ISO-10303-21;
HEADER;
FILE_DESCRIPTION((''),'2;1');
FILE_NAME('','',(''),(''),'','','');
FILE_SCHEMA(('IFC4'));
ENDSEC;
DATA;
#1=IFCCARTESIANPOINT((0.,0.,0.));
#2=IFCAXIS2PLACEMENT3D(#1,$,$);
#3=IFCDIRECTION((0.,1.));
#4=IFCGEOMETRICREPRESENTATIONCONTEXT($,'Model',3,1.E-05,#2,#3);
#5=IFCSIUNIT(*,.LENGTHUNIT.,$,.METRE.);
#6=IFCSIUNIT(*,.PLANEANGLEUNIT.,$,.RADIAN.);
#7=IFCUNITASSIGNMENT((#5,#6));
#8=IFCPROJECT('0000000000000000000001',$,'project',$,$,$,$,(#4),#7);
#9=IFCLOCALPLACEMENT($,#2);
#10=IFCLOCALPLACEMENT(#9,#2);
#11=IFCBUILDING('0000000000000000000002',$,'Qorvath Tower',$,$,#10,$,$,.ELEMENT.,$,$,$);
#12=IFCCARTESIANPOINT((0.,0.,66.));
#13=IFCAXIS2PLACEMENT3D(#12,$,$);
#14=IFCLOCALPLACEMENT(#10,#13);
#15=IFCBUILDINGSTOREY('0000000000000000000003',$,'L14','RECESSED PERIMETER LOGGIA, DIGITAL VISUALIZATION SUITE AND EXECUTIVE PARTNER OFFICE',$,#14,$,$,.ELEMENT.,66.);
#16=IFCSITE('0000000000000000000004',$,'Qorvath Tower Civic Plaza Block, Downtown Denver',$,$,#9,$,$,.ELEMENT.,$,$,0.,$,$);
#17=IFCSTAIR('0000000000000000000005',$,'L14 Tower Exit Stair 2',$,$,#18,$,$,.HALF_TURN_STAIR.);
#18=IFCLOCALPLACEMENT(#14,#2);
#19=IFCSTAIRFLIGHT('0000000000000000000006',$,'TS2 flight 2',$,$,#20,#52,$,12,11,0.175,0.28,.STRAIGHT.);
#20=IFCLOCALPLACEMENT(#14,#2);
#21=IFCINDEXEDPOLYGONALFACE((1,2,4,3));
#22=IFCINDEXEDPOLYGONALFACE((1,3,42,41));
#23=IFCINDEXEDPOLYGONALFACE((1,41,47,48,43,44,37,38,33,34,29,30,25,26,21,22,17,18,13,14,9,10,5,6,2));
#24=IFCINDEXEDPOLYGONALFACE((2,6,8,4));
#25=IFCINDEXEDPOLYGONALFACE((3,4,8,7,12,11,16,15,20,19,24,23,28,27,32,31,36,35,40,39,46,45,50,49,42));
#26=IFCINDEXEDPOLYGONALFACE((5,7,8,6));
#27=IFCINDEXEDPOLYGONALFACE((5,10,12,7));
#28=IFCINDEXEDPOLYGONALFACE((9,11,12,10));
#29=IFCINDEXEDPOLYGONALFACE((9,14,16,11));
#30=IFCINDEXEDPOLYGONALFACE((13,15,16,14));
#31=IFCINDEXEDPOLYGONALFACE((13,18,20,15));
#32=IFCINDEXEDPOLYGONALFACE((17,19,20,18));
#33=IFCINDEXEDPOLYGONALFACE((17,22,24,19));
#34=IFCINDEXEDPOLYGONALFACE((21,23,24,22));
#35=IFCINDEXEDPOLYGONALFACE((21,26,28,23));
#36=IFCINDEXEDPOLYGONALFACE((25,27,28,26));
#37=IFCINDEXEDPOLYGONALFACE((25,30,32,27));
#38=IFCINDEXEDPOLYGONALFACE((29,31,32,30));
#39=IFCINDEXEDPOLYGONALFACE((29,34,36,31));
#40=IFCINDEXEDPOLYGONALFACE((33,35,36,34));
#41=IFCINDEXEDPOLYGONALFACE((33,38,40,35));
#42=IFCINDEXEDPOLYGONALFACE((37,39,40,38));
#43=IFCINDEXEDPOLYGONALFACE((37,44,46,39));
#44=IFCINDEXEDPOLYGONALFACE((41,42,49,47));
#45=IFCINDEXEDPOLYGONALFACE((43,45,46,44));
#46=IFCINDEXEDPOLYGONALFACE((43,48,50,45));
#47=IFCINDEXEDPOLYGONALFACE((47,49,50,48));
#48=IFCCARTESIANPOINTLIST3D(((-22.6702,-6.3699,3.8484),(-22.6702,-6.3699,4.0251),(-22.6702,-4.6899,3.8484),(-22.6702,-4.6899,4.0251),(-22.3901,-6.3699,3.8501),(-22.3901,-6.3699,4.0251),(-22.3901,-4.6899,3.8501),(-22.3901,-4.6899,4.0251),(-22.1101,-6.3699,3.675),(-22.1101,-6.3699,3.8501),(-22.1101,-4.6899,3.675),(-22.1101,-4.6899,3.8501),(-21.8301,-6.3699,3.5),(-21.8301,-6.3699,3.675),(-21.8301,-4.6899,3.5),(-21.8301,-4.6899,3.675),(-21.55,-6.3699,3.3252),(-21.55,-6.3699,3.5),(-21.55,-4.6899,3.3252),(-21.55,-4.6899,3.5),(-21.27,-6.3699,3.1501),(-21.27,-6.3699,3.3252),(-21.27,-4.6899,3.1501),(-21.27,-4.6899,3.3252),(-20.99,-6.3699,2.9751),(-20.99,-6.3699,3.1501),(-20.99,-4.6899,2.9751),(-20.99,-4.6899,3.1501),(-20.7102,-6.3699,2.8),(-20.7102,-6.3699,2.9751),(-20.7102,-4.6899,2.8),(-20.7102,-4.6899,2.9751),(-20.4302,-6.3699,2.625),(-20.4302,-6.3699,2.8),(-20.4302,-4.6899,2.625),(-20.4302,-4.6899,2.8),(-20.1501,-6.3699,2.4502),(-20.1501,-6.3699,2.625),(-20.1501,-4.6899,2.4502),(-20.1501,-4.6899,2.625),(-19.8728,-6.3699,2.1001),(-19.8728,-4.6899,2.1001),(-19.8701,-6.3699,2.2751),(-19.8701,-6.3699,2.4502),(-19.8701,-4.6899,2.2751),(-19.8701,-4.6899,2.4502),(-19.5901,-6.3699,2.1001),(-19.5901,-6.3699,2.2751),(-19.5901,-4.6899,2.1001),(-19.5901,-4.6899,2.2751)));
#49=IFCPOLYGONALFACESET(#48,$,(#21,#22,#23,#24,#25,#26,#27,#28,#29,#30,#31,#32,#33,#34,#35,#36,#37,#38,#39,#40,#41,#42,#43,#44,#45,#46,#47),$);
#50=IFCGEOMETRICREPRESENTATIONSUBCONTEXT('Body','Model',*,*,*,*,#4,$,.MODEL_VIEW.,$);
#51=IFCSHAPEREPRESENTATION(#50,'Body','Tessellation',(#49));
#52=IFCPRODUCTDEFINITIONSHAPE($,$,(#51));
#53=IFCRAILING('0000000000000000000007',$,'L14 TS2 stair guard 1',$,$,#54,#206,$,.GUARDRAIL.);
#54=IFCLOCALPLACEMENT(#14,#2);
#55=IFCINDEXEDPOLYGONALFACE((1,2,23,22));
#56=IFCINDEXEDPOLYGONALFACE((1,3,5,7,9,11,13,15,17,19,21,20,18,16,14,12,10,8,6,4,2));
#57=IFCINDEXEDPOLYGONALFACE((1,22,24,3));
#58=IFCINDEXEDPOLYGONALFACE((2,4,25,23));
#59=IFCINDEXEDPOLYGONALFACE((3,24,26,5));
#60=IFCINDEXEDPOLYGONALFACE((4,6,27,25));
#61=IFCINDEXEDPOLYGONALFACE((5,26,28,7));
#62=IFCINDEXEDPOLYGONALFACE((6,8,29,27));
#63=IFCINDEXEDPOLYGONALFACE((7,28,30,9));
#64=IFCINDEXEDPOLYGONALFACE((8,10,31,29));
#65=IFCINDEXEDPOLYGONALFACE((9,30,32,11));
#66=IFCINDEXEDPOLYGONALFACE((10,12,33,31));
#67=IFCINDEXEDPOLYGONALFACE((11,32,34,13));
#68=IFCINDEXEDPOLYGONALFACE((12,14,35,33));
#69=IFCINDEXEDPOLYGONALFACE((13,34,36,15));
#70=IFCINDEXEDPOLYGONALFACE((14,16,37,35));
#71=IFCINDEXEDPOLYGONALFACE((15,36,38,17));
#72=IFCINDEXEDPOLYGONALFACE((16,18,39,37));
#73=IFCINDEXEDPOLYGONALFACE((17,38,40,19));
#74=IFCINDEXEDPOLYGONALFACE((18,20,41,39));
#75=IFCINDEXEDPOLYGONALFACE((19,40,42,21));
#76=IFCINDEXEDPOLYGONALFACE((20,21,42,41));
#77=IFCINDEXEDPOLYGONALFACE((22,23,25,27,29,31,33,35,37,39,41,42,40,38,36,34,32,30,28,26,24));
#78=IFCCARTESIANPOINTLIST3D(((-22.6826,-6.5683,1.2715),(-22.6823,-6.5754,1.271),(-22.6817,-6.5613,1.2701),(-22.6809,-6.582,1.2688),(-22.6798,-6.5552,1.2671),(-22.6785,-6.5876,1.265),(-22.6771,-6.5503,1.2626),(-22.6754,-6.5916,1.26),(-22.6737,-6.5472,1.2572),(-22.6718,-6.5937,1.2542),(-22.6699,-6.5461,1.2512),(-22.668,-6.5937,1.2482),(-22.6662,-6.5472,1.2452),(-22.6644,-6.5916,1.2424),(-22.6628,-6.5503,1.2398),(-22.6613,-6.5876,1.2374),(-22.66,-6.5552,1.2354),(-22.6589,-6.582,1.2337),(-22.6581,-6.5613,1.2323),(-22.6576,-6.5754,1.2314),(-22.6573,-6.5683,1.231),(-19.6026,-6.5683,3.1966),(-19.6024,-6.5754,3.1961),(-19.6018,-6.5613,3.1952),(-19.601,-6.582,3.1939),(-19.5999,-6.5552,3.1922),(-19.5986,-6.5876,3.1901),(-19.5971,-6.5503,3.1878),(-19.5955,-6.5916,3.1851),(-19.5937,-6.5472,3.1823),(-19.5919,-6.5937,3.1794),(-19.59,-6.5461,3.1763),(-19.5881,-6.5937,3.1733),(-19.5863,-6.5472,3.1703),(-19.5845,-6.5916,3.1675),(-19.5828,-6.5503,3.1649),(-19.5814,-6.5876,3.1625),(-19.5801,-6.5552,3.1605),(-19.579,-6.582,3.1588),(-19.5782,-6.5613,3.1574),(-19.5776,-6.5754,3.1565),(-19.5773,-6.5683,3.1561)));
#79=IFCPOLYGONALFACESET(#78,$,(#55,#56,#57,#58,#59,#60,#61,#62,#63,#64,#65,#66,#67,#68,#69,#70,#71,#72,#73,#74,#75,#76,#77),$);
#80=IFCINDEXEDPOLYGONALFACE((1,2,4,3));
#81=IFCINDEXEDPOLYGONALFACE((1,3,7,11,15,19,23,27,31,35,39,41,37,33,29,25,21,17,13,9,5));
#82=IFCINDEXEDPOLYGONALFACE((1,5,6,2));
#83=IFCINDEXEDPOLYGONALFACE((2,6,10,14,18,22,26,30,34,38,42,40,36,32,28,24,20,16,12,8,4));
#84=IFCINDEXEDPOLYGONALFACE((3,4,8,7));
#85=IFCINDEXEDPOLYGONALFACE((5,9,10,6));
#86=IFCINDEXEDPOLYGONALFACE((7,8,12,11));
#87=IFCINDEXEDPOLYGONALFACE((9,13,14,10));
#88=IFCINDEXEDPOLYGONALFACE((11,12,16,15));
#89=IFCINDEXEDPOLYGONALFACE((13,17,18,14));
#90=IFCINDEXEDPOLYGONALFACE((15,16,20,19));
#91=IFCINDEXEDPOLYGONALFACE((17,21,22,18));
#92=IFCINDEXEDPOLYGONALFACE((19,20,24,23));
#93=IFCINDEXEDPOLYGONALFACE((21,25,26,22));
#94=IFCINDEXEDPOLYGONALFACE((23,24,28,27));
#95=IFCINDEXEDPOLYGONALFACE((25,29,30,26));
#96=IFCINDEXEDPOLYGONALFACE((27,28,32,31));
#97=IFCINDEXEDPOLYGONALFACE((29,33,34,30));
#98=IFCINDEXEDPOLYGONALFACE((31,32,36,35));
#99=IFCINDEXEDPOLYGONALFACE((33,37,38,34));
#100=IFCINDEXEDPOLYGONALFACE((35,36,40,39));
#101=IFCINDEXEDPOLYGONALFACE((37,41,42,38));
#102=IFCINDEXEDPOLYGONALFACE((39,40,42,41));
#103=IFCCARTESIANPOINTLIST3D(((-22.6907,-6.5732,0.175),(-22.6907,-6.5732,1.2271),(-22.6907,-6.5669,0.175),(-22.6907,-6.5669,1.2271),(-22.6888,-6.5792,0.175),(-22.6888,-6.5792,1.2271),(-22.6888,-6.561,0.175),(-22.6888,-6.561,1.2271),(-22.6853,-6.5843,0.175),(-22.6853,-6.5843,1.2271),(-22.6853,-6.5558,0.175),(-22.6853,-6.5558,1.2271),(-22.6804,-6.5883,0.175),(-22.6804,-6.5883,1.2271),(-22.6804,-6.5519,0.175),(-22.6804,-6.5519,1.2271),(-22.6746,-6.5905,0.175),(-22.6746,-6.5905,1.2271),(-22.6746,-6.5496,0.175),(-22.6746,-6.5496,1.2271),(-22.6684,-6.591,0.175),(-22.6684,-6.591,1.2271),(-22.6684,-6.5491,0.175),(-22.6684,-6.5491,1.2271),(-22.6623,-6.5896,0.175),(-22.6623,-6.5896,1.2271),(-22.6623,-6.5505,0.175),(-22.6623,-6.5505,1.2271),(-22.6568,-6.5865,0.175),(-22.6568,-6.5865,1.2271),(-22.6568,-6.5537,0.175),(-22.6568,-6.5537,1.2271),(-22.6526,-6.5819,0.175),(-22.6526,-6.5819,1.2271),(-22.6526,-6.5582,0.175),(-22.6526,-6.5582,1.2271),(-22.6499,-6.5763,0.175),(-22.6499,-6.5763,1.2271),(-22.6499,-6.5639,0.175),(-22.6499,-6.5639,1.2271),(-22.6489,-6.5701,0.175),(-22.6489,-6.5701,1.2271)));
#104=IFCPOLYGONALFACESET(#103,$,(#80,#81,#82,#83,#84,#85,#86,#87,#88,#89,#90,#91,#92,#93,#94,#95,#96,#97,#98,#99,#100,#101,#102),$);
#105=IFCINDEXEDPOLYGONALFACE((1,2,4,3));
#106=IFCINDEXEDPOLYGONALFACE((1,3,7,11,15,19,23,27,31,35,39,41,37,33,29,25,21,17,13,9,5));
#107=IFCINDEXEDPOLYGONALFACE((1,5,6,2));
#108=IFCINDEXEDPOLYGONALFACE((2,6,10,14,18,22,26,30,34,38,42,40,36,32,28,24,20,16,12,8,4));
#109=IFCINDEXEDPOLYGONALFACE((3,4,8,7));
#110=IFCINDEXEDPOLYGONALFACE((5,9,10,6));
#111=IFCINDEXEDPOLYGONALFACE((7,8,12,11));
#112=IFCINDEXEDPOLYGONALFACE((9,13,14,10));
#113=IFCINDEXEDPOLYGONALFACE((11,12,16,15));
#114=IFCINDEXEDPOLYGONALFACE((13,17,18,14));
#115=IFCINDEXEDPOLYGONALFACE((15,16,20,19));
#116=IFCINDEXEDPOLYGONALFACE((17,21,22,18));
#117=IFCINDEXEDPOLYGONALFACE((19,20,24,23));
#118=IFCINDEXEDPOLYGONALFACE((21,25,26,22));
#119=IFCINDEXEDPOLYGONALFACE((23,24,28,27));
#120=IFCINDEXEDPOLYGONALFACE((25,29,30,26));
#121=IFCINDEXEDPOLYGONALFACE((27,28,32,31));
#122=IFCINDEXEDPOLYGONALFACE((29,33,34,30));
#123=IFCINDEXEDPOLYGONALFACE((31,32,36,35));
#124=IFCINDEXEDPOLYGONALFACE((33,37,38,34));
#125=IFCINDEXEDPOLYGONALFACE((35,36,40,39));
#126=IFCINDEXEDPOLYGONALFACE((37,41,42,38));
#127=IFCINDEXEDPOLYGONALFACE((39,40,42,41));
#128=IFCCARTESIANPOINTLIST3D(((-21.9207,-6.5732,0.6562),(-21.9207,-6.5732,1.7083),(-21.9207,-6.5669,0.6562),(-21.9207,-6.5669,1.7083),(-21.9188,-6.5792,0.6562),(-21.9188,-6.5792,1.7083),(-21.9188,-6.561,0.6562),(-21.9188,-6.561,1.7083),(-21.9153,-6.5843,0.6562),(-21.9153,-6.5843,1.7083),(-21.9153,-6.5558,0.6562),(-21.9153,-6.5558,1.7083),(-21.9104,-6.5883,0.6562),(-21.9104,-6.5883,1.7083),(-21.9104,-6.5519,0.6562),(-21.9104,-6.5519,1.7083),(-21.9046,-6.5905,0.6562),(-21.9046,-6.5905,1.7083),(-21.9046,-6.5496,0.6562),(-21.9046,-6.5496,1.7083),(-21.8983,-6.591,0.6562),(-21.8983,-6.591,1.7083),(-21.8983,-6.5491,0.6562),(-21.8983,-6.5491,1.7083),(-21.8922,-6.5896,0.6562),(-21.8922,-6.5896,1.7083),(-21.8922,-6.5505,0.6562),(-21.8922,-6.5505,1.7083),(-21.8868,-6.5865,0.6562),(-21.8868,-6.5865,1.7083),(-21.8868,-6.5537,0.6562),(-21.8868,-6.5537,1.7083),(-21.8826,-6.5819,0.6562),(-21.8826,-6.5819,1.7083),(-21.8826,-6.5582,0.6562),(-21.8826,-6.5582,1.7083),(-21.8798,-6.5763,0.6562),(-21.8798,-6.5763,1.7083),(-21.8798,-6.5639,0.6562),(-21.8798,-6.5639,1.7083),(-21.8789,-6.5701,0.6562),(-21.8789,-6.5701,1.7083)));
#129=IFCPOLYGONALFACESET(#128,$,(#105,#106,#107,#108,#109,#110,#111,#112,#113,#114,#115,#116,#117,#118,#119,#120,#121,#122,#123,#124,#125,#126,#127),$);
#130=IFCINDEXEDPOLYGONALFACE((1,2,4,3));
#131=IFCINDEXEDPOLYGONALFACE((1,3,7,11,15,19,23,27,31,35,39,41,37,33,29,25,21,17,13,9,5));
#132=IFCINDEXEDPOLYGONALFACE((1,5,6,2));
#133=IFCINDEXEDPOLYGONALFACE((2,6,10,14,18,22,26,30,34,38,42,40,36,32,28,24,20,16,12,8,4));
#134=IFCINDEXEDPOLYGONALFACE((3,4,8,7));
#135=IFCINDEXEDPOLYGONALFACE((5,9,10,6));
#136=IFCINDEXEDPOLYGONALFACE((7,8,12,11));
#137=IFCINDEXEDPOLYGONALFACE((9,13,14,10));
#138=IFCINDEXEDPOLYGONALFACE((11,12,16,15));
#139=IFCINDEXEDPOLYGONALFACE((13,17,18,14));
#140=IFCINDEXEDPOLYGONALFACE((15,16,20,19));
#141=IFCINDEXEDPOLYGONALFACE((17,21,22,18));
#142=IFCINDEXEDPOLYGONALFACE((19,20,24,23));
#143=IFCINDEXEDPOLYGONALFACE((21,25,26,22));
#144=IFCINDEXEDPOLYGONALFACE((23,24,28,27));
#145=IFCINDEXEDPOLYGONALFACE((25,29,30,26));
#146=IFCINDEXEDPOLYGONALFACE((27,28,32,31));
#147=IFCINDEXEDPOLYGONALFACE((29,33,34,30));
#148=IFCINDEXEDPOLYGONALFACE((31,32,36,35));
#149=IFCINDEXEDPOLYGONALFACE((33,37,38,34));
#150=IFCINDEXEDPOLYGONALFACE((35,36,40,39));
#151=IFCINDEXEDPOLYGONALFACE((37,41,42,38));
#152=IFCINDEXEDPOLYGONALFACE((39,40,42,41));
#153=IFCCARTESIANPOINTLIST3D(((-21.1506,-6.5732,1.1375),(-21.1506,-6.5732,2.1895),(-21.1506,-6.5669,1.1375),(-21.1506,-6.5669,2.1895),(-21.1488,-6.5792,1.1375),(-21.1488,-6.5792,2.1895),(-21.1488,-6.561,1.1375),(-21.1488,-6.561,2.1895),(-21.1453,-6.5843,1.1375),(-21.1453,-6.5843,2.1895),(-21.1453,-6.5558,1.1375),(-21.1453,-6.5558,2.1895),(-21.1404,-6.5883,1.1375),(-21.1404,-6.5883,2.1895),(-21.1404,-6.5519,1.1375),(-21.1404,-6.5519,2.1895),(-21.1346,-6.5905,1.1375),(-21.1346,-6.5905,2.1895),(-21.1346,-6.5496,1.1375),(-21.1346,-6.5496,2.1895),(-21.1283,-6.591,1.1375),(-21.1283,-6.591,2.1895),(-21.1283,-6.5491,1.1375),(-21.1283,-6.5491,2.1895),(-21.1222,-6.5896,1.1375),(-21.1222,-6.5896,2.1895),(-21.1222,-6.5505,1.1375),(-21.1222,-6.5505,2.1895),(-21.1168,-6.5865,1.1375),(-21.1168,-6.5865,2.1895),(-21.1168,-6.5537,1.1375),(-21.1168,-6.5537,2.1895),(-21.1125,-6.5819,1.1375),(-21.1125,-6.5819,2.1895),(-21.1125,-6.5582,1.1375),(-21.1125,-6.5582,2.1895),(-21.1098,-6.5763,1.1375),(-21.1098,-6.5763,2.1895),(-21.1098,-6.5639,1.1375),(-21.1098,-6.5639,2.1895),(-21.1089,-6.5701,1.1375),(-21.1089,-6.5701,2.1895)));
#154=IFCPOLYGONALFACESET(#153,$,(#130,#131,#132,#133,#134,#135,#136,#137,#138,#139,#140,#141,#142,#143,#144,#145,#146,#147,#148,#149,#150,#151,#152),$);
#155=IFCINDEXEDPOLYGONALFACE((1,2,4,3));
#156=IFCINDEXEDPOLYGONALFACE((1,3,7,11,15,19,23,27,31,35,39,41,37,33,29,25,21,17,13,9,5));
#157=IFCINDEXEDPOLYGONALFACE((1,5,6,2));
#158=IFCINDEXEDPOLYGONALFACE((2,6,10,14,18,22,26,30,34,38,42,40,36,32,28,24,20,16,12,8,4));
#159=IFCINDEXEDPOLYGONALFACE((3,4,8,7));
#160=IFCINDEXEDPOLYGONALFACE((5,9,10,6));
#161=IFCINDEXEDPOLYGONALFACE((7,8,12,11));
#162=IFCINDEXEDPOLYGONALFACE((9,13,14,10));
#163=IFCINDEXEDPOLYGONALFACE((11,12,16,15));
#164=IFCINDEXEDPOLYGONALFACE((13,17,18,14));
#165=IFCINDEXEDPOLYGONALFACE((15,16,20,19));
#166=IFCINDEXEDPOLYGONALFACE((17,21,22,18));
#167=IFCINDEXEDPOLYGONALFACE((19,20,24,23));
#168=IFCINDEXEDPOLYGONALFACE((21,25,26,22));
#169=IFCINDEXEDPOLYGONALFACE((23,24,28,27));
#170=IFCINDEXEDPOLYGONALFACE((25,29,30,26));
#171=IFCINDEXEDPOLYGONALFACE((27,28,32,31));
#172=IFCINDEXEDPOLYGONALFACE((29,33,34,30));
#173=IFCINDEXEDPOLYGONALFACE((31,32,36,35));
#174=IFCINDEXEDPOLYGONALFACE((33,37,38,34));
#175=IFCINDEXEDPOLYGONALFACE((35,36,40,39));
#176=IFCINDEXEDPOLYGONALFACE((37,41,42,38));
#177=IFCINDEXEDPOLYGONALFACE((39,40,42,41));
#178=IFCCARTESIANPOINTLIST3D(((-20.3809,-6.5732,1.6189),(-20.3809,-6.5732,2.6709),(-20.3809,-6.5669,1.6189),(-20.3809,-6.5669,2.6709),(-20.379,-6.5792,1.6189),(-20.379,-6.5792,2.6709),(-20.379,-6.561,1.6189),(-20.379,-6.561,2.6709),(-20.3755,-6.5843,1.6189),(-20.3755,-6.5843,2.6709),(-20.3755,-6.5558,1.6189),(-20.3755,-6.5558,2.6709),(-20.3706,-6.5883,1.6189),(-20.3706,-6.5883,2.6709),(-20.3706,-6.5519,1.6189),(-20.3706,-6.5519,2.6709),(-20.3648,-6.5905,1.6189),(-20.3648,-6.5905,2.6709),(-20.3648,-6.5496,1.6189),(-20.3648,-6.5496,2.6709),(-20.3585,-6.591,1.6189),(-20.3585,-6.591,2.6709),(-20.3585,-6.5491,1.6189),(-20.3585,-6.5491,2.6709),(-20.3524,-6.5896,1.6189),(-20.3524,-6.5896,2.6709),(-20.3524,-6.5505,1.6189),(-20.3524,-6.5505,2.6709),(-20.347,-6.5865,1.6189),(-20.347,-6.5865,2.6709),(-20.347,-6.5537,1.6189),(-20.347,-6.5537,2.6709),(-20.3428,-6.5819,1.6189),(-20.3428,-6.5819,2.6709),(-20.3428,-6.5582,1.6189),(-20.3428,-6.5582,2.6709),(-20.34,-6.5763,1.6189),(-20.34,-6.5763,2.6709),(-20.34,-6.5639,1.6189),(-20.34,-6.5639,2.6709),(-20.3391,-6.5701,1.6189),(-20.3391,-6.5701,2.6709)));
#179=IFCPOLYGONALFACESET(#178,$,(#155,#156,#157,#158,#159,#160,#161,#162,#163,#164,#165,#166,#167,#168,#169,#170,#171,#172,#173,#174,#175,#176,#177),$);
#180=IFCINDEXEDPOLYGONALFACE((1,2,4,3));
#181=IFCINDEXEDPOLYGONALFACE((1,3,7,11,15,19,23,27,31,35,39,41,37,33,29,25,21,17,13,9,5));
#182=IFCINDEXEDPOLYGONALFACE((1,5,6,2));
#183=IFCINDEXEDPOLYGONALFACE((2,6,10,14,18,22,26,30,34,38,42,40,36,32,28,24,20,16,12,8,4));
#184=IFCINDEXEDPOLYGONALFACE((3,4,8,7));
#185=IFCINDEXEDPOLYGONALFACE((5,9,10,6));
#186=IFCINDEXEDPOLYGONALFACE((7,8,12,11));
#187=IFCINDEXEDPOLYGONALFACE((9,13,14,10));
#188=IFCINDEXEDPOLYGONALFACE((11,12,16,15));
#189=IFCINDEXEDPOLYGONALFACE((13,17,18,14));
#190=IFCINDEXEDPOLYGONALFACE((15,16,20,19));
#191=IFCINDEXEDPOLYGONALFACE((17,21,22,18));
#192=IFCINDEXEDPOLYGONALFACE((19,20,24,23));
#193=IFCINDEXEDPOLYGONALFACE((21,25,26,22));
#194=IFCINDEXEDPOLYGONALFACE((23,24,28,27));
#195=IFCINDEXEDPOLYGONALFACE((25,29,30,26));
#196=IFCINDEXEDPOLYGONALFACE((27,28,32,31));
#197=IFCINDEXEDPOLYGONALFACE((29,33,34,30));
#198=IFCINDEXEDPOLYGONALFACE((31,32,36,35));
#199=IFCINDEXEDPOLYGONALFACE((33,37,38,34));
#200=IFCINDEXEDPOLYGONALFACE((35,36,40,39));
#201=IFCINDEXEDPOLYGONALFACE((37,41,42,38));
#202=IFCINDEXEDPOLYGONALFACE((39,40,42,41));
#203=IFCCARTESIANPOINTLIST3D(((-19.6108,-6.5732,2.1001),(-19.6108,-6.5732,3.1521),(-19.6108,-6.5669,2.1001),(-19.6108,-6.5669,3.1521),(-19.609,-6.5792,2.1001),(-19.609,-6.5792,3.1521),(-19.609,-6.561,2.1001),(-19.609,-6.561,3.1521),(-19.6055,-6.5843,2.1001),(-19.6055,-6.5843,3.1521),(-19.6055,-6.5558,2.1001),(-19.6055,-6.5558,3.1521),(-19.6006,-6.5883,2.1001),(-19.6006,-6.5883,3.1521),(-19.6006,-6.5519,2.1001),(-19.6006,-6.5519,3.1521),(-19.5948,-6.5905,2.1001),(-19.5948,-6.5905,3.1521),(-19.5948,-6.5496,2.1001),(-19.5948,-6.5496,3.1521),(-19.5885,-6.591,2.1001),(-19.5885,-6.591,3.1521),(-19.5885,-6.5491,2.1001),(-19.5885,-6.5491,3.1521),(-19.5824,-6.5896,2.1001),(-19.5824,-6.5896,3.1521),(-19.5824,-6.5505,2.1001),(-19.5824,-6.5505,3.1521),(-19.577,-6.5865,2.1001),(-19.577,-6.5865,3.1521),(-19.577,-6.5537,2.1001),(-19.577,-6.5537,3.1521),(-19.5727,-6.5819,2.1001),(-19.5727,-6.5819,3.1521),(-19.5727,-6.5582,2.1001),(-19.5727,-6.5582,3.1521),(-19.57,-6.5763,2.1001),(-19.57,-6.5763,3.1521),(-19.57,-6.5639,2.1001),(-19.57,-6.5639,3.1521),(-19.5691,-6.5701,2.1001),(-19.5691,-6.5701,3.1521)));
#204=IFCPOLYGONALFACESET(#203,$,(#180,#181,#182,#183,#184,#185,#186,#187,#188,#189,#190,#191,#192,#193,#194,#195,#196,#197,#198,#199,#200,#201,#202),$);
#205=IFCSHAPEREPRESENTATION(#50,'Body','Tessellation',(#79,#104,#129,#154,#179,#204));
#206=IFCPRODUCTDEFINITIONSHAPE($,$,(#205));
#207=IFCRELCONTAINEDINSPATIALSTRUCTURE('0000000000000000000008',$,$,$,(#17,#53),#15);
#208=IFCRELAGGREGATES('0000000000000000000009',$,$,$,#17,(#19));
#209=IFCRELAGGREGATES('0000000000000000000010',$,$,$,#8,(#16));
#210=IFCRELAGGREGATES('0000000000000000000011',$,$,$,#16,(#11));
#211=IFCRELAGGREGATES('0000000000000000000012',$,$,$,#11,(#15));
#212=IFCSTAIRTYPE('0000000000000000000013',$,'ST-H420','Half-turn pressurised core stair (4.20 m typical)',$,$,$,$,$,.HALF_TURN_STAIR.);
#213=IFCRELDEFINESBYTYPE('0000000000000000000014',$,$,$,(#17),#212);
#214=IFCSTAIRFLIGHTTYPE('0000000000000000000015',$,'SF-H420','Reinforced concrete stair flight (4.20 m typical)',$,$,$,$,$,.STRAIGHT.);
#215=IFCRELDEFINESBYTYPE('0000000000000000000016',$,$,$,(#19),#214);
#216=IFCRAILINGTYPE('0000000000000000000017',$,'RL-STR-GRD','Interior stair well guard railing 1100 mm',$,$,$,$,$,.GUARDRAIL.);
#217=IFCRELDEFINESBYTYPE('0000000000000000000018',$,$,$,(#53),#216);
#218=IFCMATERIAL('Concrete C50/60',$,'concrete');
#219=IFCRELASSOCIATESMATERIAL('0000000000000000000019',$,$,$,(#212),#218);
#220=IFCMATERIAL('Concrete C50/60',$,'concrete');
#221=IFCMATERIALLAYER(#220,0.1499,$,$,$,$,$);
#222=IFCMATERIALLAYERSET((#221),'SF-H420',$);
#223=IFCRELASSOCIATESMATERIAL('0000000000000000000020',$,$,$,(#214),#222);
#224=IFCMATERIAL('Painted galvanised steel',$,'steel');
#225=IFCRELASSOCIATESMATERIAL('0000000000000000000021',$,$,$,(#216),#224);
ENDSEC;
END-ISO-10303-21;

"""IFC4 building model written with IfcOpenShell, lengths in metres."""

from ifc_helpers import new_model, si_unit, direction, frame, origin, origin_2d, place, context, subcontext, project, spatial, polyline, circle, outline, extrude, material, layer, layer_set, type_object, element, aggregate, save


model = new_model("IFC4")

# Units and contexts
model_context = context("Model", 3, precision=1e-05, world=origin(), true_north=direction((0.0, 1.0)))
body_context = subcontext(model_context, "Body", "Model", "MODEL_VIEW")
ifc_project = project(units=[si_unit("LENGTHUNIT", "METRE"), si_unit("PLANEANGLEUNIT", "RADIAN")], contexts=[model_context])

# Site, building, storey
site_placement = place(None, origin())
site = spatial("IfcSite", under=ifc_project, at=site_placement, Name="Qorvath Tower Civic Plaza Block, Downtown Denver", CompositionType="ELEMENT", RefElevation=0.0)
building_placement = place(site_placement, origin())
building = spatial("IfcBuilding", under=site, at=building_placement, Name="Qorvath Tower", CompositionType="ELEMENT")
storey_placement = place(building_placement, frame((0.0, 0.0, 66.0)))
storey = spatial("IfcBuildingStorey", under=building, at=storey_placement, Name="L14", Description="RECESSED PERIMETER LOGGIA, DIGITAL VISUALIZATION SUITE AND EXECUTIVE PARTNER OFFICE", CompositionType="ELEMENT", Elevation=66.0)

# Stair, stair flight
ifc_material_1 = material(Name="Concrete C50/60", Category="concrete")
stair_type = type_object("IfcStairType", Name="ST-H420", Description="Half-turn pressurised core stair (4.20 m typical)", PredefinedType="HALF_TURN_STAIR", material=ifc_material_1)
stair_placement = place(storey_placement, origin())
stair = element("IfcStair", 1, at=stair_placement, inside=storey, type_object=stair_type, Name="L14 Tower Exit Stair 2", PredefinedType="HALF_TURN_STAIR")
ifc_material_2 = material(Name="Concrete C50/60", Category="concrete")
ifc_layer_1 = layer(ifc_material_2, 0.1499)
ifc_layer_set_1 = layer_set([ifc_layer_1], Name="SF-H420")
stair_flight_type = type_object("IfcStairFlightType", Name="SF-H420", Description="Reinforced concrete stair flight (4.20 m typical)", PredefinedType="STRAIGHT", material=ifc_layer_set_1)
stair_flight_1_placement = place(storey_placement, frame((-19.5901, -5.53, 2.1001), z_axis=(0.0, 0.0, 1.0), x_axis=(-1.0, 0.0, 0.0)))
stair_flight_1 = element("IfcStairFlight", 2, at=stair_flight_1_placement, type_object=stair_flight_type, Name="TS2 flight 2", NumberOfRisers=12, NumberOfTreads=11, PredefinedType="STRAIGHT", RiserHeight=0.175, TreadLength=0.28, context=body_context, shape_type="SweptSolid", body=[
    extrude(outline(polyline([(0.0, 0.0), (0.0, 0.175), (0.28, 0.175), (0.28, 0.3501), (0.5601, 0.3501), (0.5601, 0.5249), (0.8401, 0.5249), (0.8401, 0.7), (1.1201, 0.7), (1.1201, 0.875), (1.3999, 0.875), (1.3999, 1.05), (1.6799, 1.05), (1.6799, 1.2251), (1.96, 1.2251), (1.96, 1.3999), (2.24, 1.3999), (2.24, 1.575), (2.52, 1.575), (2.52, 1.75), (2.8, 1.75), (2.8, 1.925), (3.0801, 1.925), (3.0801, 2.1001), (3.0801, 1.7483), (0.2827, 0.0), (0.0, 0.0)])), frame((0.0, 0.8398, 0.0), z_axis=(0.0, -1.0, 0.0), x_axis=(1.0, 0.0, 0.0)), (0.0, 0.0, 1.0), 1.6799),
])
aggregate(stair, [stair_flight_1])

# Railing
ifc_material_3 = material(Name="Painted galvanised steel", Category="steel")
railing_type_1 = type_object("IfcRailingType", Name="RL-STR-GRD", Description="Interior stair well guard railing 1100 mm", PredefinedType="GUARDRAIL", material=ifc_material_3)
railing_1_placement = place(storey_placement, frame((-22.6699, -6.5701, 0.175)))
element("IfcRailing", 3, at=railing_1_placement, inside=storey, type_object=railing_type_1, Name="L14 TS2 stair guard 1", PredefinedType="GUARDRAIL", context=body_context, shape_type="SweptSolid", body=[
    extrude(circle(Radius=0.0239, at=origin_2d()), frame((0.0, 0.0, 1.0762), z_axis=(0.847979, 0.0, 0.530029), x_axis=(0.0, 1.0, 0.0)), (0.0, 0.0, 1.0), 3.6321),
    extrude(circle(Radius=0.021, at=origin_2d()), origin(), (0.0, 0.0, 1.0), 1.052),
    extrude(circle(Radius=0.021, at=origin_2d()), frame((0.77, 0.0, 0.4812)), (0.0, 0.0, 1.0), 1.052),
    extrude(circle(Radius=0.021, at=origin_2d()), frame((1.54, 0.0, 0.9624)), (0.0, 0.0, 1.0), 1.052),
    extrude(circle(Radius=0.021, at=origin_2d()), frame((2.3098, 0.0, 1.4438)), (0.0, 0.0, 1.0), 1.052),
    extrude(circle(Radius=0.021, at=origin_2d()), frame((3.0798, 0.0, 1.925)), (0.0, 0.0, 1.0), 1.052),
])

save(model, "model.ifc")
